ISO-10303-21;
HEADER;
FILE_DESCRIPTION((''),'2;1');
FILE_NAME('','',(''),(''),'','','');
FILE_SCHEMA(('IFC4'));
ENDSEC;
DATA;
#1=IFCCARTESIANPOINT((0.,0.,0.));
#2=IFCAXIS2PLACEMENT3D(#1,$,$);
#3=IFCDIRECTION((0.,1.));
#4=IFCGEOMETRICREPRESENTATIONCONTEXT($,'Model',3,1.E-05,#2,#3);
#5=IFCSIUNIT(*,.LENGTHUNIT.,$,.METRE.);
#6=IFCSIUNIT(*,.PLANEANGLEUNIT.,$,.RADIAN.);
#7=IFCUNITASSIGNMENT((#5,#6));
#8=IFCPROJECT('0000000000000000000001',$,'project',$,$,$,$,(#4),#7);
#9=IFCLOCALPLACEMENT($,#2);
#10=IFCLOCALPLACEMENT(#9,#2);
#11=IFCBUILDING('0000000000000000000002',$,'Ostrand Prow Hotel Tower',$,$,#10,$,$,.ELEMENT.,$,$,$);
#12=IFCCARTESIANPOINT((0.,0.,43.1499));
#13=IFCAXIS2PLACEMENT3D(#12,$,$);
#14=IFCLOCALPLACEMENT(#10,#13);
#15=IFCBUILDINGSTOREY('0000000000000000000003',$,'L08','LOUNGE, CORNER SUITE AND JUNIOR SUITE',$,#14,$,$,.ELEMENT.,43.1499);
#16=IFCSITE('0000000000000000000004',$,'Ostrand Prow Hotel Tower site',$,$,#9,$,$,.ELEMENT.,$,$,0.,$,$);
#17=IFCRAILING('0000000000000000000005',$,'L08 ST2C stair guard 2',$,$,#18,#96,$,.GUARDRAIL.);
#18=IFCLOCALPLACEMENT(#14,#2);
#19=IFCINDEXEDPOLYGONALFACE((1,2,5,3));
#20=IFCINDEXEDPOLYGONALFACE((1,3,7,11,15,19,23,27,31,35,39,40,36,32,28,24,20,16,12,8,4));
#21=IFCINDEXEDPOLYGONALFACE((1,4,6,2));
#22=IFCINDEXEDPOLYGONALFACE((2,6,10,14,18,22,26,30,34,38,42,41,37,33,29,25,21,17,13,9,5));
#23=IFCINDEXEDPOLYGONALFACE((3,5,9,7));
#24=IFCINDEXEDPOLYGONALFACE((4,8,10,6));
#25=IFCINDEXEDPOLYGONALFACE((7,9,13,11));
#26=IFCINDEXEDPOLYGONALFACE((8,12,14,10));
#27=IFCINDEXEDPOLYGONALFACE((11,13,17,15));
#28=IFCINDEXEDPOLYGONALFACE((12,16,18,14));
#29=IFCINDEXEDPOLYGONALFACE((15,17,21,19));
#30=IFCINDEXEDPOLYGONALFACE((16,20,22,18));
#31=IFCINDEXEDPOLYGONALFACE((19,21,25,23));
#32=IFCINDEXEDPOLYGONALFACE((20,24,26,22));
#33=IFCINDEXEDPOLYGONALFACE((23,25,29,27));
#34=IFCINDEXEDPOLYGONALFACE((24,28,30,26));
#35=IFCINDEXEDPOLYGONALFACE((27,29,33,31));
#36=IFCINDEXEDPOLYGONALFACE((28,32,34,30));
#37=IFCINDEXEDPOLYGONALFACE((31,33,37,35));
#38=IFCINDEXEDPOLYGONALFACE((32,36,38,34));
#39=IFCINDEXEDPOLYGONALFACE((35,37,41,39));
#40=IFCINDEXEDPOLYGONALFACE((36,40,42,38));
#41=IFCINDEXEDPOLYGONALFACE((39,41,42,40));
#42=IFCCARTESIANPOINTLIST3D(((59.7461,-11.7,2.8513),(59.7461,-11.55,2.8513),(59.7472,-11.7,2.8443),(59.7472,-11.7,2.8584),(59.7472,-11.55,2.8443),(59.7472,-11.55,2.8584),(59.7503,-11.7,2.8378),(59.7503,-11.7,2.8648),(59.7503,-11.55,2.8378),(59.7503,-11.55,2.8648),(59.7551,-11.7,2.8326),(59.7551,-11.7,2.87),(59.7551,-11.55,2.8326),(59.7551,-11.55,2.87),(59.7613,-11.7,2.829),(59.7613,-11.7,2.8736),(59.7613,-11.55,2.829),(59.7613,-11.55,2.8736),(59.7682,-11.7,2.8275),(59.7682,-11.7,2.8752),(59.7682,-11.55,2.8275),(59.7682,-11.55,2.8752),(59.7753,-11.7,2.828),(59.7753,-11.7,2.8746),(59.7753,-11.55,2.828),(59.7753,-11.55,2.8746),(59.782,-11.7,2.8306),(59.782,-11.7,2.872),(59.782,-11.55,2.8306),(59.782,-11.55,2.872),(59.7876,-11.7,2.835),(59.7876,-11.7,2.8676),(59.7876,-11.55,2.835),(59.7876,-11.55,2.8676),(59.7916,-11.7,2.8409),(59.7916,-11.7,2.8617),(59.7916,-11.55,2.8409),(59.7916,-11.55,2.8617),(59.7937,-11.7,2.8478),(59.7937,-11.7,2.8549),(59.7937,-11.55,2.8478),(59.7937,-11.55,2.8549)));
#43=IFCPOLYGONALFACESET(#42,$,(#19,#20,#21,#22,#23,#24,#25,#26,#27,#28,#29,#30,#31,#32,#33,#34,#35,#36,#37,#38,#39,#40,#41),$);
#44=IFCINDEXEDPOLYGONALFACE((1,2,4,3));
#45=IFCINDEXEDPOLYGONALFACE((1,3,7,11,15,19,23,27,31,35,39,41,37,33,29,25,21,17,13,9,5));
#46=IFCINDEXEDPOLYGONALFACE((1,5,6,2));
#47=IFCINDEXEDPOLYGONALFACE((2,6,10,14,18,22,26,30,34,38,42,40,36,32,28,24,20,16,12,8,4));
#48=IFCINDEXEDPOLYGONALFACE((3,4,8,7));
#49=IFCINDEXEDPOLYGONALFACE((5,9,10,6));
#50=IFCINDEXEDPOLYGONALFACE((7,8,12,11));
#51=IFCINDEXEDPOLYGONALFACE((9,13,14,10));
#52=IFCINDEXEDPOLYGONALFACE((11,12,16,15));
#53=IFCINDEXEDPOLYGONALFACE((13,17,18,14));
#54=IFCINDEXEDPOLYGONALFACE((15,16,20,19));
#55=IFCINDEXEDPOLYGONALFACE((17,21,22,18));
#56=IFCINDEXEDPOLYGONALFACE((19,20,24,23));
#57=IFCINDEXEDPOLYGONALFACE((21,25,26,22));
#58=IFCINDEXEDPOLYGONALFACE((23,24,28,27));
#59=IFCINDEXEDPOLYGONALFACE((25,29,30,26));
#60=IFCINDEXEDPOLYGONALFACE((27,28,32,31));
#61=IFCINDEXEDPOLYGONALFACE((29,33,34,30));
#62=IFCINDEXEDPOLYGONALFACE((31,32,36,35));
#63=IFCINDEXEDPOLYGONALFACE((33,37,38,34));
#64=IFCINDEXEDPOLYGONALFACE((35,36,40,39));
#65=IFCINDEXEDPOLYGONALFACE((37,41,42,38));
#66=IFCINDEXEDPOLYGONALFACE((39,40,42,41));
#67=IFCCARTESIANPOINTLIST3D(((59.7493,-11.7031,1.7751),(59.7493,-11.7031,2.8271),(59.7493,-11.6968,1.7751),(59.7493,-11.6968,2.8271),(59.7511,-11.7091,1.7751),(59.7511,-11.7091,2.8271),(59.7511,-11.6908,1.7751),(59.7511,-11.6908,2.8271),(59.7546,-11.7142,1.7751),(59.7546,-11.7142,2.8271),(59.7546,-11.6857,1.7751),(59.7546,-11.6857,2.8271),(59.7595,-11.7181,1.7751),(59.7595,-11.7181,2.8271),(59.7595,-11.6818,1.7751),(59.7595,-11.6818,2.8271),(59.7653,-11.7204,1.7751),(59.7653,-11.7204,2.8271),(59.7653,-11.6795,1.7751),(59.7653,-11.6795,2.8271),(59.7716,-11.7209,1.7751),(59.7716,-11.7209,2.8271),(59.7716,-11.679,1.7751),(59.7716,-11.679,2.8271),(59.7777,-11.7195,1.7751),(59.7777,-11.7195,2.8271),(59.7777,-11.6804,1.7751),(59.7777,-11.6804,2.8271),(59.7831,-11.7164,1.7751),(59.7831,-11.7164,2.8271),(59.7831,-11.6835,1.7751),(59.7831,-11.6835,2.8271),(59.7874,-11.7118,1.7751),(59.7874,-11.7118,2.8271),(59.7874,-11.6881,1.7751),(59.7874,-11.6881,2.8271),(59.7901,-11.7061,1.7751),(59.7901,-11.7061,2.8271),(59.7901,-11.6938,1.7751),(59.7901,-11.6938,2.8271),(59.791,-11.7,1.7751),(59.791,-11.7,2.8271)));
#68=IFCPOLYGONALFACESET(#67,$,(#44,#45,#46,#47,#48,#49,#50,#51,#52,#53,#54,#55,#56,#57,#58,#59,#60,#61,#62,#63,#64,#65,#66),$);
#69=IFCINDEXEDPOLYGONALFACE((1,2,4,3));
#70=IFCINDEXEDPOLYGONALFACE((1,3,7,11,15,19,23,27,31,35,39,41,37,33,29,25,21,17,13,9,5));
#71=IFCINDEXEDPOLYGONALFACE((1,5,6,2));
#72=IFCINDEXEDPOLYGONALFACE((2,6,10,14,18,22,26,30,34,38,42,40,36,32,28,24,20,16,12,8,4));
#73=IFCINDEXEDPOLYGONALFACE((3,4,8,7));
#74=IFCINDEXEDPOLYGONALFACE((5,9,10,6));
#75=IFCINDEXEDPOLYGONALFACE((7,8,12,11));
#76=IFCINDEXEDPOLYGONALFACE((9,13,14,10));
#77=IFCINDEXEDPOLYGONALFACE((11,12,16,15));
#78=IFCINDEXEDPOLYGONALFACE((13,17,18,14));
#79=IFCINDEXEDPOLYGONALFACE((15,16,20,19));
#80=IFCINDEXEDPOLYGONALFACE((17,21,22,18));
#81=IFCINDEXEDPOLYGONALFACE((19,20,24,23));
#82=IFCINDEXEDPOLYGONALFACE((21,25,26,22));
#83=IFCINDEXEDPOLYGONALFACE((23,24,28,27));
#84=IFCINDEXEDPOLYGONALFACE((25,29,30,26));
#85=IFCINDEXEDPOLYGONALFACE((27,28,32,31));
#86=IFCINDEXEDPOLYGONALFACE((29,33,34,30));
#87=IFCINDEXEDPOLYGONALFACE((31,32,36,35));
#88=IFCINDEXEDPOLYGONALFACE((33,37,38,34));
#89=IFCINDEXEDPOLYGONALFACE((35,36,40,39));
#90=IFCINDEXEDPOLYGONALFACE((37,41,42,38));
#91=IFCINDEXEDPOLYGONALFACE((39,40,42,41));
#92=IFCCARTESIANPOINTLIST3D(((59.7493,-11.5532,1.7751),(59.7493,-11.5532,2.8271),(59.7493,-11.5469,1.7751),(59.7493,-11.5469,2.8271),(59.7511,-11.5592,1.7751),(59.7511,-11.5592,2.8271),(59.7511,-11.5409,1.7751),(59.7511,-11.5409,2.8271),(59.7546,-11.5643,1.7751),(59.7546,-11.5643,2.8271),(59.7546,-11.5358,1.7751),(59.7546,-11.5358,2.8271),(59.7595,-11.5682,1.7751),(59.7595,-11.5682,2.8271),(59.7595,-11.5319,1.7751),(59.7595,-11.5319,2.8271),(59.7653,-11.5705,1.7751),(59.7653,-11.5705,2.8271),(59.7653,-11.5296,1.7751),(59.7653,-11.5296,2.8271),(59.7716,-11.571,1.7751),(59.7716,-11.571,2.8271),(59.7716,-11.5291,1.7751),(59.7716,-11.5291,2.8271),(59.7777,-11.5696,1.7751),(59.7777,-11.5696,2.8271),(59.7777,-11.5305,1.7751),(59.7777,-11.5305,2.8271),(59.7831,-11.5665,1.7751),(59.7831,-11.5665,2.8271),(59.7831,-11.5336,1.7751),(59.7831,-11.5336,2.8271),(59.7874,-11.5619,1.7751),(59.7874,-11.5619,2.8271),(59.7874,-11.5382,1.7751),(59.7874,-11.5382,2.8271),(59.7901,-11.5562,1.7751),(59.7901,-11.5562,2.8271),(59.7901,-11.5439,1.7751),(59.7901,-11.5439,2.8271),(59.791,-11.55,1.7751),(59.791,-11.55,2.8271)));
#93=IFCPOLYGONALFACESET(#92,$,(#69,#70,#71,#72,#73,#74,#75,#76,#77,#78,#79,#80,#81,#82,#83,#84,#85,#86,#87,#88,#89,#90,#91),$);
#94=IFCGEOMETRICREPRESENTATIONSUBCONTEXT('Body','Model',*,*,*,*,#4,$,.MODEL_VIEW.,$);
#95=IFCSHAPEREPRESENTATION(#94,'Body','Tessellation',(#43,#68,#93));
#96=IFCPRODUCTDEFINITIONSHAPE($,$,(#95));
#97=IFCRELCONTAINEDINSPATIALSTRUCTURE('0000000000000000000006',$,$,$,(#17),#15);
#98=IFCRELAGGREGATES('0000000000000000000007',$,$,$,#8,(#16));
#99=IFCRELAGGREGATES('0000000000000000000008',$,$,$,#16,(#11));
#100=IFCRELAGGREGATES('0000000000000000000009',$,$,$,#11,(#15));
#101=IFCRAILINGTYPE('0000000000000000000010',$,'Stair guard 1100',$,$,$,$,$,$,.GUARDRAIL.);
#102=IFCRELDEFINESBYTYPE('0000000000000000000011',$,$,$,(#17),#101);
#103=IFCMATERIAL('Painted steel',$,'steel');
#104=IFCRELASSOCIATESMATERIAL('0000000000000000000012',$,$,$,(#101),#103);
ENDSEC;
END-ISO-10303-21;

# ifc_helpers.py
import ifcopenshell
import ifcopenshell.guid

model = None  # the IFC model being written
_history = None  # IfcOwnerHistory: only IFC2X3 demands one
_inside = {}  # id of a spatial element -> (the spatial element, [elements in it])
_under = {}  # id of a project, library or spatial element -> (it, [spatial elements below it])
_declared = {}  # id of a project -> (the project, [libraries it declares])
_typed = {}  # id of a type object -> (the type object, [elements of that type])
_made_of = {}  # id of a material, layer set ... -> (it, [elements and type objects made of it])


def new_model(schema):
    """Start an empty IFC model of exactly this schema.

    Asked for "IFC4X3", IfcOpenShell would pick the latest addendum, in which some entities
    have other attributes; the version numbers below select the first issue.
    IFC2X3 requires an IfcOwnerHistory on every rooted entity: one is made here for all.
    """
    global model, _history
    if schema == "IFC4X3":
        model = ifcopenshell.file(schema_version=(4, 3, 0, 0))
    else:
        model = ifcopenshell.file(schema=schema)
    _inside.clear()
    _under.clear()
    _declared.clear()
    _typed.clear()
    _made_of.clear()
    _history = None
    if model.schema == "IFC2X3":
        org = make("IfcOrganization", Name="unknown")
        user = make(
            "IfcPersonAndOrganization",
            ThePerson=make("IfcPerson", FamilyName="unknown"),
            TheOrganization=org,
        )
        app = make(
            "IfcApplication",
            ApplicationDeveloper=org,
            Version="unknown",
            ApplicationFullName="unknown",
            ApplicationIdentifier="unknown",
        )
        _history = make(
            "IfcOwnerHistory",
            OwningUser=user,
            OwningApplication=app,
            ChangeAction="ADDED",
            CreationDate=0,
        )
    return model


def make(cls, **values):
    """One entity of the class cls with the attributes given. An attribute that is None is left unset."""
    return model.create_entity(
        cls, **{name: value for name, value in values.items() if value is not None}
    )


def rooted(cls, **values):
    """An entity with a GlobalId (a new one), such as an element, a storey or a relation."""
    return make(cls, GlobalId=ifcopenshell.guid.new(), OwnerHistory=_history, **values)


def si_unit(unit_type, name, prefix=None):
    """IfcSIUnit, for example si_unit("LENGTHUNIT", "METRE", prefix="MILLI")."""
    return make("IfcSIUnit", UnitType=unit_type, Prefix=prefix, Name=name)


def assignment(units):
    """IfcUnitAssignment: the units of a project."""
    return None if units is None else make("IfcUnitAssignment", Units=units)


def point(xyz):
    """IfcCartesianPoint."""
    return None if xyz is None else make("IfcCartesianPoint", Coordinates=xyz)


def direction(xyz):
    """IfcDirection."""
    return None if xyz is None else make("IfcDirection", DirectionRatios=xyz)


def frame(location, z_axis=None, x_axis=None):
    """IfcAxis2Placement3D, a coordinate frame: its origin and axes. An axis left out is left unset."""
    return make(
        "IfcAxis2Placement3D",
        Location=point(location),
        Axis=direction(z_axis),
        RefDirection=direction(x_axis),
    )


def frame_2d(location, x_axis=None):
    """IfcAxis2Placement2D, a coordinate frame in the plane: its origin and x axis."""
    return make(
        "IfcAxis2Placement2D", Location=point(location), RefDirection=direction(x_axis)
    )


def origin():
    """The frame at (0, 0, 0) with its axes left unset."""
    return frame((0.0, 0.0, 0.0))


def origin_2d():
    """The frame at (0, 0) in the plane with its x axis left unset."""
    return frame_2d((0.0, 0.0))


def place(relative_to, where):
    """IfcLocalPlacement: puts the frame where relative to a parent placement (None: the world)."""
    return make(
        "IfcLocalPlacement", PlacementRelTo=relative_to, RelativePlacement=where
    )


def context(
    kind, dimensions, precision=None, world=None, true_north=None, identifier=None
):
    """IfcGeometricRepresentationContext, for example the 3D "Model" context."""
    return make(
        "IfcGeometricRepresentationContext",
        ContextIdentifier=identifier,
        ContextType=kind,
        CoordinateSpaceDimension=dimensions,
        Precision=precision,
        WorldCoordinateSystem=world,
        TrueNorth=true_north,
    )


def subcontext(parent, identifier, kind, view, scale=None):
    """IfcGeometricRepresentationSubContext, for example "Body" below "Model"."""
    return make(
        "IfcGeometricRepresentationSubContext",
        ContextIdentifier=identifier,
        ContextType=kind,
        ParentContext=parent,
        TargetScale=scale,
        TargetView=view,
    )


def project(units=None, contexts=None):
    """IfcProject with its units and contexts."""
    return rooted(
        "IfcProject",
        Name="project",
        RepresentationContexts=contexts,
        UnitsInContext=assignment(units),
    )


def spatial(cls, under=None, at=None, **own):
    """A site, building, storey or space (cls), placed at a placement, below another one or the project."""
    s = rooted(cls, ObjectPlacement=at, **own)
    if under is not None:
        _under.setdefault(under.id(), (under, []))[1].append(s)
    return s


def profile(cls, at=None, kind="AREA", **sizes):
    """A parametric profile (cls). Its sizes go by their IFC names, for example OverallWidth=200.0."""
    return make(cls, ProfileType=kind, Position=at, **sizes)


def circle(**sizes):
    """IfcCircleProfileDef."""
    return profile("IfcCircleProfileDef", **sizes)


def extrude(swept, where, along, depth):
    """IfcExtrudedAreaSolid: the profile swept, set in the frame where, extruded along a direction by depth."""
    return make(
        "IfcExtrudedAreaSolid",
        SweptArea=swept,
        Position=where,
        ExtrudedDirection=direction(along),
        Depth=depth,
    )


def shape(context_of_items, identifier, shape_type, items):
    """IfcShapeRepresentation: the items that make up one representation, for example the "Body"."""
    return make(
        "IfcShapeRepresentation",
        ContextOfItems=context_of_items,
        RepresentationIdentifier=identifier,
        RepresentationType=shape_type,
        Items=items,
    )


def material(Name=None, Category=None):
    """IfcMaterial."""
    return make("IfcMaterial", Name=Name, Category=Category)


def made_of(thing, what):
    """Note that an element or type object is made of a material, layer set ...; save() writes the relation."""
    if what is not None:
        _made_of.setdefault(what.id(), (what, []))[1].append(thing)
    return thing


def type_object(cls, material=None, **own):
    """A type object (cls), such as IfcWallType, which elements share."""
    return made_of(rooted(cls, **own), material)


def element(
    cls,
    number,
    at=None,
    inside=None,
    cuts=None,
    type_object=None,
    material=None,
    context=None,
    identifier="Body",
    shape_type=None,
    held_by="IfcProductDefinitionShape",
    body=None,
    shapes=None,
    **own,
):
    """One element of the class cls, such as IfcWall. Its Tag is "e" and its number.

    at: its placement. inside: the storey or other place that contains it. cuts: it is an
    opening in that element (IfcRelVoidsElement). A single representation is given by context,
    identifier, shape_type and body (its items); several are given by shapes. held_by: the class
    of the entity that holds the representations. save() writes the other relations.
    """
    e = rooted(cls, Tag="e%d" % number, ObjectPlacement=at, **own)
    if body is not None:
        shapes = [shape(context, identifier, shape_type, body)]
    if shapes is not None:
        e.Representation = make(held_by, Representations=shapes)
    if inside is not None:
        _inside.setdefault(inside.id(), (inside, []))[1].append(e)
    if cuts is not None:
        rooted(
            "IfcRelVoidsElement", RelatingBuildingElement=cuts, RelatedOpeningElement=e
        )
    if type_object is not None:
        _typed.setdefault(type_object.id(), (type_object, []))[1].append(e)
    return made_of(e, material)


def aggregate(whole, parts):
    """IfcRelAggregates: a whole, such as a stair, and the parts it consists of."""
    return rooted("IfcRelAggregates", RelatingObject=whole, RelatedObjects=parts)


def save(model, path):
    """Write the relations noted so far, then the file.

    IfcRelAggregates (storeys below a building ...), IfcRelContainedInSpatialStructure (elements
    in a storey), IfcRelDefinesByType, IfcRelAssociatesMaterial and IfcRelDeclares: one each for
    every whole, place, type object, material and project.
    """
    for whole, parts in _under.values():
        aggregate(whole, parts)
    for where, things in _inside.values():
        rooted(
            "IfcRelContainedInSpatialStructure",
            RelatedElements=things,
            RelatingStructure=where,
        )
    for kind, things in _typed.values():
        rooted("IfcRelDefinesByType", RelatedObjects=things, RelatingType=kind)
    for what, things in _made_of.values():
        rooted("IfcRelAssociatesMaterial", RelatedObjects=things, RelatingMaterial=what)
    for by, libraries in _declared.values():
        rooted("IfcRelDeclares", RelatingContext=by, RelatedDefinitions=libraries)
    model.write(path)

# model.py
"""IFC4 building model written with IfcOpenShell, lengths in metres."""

from ifc_helpers import new_model, si_unit, direction, frame, origin, origin_2d, place, context, subcontext, project, spatial, circle, extrude, material, type_object, element, save


model = new_model("IFC4")

# Units and contexts
model_context = context("Model", 3, precision=1e-05, world=origin(), true_north=direction((0.0, 1.0)))
body_context = subcontext(model_context, "Body", "Model", "MODEL_VIEW")
ifc_project = project(units=[si_unit("LENGTHUNIT", "METRE"), si_unit("PLANEANGLEUNIT", "RADIAN")], contexts=[model_context])

# Site, building, storey
site_placement = place(None, origin())
site = spatial("IfcSite", under=ifc_project, at=site_placement, Name="Ostrand Prow Hotel Tower site", CompositionType="ELEMENT", RefElevation=0.0)
building_placement = place(site_placement, origin())
building = spatial("IfcBuilding", under=site, at=building_placement, Name="Ostrand Prow Hotel Tower", CompositionType="ELEMENT")
storey_placement = place(building_placement, frame((0.0, 0.0, 43.1499)))
storey = spatial("IfcBuildingStorey", under=building, at=storey_placement, Name="L08", Description="LOUNGE, CORNER SUITE AND JUNIOR SUITE", CompositionType="ELEMENT", Elevation=43.1499)

# Railing
ifc_material_1 = material(Name="Painted steel", Category="steel")
railing_type_1 = type_object("IfcRailingType", Name="Stair guard 1100", PredefinedType="GUARDRAIL", material=ifc_material_1)
railing_1_placement = place(storey_placement, frame((59.77, -11.7, 1.7751)))
element("IfcRailing", 1, at=railing_1_placement, inside=storey, type_object=railing_type_1, Name="L08 ST2C stair guard 2", PredefinedType="GUARDRAIL", context=body_context, shape_type="SweptSolid", body=[
    extrude(circle(Radius=0.0239, at=origin_2d()), frame((0.0, 0.0, 1.0762), z_axis=(0.0, 1.0, 0.0), x_axis=(-1.0, 0.0, 0.0)), (0.0, 0.0, 1.0), 0.1499),
    extrude(circle(Radius=0.021, at=origin_2d()), origin(), (0.0, 0.0, 1.0), 1.052),
    extrude(circle(Radius=0.021, at=origin_2d()), frame((0.0, 0.1499, 0.0)), (0.0, 0.0, 1.0), 1.052),
])

save(model, "model.ifc")
